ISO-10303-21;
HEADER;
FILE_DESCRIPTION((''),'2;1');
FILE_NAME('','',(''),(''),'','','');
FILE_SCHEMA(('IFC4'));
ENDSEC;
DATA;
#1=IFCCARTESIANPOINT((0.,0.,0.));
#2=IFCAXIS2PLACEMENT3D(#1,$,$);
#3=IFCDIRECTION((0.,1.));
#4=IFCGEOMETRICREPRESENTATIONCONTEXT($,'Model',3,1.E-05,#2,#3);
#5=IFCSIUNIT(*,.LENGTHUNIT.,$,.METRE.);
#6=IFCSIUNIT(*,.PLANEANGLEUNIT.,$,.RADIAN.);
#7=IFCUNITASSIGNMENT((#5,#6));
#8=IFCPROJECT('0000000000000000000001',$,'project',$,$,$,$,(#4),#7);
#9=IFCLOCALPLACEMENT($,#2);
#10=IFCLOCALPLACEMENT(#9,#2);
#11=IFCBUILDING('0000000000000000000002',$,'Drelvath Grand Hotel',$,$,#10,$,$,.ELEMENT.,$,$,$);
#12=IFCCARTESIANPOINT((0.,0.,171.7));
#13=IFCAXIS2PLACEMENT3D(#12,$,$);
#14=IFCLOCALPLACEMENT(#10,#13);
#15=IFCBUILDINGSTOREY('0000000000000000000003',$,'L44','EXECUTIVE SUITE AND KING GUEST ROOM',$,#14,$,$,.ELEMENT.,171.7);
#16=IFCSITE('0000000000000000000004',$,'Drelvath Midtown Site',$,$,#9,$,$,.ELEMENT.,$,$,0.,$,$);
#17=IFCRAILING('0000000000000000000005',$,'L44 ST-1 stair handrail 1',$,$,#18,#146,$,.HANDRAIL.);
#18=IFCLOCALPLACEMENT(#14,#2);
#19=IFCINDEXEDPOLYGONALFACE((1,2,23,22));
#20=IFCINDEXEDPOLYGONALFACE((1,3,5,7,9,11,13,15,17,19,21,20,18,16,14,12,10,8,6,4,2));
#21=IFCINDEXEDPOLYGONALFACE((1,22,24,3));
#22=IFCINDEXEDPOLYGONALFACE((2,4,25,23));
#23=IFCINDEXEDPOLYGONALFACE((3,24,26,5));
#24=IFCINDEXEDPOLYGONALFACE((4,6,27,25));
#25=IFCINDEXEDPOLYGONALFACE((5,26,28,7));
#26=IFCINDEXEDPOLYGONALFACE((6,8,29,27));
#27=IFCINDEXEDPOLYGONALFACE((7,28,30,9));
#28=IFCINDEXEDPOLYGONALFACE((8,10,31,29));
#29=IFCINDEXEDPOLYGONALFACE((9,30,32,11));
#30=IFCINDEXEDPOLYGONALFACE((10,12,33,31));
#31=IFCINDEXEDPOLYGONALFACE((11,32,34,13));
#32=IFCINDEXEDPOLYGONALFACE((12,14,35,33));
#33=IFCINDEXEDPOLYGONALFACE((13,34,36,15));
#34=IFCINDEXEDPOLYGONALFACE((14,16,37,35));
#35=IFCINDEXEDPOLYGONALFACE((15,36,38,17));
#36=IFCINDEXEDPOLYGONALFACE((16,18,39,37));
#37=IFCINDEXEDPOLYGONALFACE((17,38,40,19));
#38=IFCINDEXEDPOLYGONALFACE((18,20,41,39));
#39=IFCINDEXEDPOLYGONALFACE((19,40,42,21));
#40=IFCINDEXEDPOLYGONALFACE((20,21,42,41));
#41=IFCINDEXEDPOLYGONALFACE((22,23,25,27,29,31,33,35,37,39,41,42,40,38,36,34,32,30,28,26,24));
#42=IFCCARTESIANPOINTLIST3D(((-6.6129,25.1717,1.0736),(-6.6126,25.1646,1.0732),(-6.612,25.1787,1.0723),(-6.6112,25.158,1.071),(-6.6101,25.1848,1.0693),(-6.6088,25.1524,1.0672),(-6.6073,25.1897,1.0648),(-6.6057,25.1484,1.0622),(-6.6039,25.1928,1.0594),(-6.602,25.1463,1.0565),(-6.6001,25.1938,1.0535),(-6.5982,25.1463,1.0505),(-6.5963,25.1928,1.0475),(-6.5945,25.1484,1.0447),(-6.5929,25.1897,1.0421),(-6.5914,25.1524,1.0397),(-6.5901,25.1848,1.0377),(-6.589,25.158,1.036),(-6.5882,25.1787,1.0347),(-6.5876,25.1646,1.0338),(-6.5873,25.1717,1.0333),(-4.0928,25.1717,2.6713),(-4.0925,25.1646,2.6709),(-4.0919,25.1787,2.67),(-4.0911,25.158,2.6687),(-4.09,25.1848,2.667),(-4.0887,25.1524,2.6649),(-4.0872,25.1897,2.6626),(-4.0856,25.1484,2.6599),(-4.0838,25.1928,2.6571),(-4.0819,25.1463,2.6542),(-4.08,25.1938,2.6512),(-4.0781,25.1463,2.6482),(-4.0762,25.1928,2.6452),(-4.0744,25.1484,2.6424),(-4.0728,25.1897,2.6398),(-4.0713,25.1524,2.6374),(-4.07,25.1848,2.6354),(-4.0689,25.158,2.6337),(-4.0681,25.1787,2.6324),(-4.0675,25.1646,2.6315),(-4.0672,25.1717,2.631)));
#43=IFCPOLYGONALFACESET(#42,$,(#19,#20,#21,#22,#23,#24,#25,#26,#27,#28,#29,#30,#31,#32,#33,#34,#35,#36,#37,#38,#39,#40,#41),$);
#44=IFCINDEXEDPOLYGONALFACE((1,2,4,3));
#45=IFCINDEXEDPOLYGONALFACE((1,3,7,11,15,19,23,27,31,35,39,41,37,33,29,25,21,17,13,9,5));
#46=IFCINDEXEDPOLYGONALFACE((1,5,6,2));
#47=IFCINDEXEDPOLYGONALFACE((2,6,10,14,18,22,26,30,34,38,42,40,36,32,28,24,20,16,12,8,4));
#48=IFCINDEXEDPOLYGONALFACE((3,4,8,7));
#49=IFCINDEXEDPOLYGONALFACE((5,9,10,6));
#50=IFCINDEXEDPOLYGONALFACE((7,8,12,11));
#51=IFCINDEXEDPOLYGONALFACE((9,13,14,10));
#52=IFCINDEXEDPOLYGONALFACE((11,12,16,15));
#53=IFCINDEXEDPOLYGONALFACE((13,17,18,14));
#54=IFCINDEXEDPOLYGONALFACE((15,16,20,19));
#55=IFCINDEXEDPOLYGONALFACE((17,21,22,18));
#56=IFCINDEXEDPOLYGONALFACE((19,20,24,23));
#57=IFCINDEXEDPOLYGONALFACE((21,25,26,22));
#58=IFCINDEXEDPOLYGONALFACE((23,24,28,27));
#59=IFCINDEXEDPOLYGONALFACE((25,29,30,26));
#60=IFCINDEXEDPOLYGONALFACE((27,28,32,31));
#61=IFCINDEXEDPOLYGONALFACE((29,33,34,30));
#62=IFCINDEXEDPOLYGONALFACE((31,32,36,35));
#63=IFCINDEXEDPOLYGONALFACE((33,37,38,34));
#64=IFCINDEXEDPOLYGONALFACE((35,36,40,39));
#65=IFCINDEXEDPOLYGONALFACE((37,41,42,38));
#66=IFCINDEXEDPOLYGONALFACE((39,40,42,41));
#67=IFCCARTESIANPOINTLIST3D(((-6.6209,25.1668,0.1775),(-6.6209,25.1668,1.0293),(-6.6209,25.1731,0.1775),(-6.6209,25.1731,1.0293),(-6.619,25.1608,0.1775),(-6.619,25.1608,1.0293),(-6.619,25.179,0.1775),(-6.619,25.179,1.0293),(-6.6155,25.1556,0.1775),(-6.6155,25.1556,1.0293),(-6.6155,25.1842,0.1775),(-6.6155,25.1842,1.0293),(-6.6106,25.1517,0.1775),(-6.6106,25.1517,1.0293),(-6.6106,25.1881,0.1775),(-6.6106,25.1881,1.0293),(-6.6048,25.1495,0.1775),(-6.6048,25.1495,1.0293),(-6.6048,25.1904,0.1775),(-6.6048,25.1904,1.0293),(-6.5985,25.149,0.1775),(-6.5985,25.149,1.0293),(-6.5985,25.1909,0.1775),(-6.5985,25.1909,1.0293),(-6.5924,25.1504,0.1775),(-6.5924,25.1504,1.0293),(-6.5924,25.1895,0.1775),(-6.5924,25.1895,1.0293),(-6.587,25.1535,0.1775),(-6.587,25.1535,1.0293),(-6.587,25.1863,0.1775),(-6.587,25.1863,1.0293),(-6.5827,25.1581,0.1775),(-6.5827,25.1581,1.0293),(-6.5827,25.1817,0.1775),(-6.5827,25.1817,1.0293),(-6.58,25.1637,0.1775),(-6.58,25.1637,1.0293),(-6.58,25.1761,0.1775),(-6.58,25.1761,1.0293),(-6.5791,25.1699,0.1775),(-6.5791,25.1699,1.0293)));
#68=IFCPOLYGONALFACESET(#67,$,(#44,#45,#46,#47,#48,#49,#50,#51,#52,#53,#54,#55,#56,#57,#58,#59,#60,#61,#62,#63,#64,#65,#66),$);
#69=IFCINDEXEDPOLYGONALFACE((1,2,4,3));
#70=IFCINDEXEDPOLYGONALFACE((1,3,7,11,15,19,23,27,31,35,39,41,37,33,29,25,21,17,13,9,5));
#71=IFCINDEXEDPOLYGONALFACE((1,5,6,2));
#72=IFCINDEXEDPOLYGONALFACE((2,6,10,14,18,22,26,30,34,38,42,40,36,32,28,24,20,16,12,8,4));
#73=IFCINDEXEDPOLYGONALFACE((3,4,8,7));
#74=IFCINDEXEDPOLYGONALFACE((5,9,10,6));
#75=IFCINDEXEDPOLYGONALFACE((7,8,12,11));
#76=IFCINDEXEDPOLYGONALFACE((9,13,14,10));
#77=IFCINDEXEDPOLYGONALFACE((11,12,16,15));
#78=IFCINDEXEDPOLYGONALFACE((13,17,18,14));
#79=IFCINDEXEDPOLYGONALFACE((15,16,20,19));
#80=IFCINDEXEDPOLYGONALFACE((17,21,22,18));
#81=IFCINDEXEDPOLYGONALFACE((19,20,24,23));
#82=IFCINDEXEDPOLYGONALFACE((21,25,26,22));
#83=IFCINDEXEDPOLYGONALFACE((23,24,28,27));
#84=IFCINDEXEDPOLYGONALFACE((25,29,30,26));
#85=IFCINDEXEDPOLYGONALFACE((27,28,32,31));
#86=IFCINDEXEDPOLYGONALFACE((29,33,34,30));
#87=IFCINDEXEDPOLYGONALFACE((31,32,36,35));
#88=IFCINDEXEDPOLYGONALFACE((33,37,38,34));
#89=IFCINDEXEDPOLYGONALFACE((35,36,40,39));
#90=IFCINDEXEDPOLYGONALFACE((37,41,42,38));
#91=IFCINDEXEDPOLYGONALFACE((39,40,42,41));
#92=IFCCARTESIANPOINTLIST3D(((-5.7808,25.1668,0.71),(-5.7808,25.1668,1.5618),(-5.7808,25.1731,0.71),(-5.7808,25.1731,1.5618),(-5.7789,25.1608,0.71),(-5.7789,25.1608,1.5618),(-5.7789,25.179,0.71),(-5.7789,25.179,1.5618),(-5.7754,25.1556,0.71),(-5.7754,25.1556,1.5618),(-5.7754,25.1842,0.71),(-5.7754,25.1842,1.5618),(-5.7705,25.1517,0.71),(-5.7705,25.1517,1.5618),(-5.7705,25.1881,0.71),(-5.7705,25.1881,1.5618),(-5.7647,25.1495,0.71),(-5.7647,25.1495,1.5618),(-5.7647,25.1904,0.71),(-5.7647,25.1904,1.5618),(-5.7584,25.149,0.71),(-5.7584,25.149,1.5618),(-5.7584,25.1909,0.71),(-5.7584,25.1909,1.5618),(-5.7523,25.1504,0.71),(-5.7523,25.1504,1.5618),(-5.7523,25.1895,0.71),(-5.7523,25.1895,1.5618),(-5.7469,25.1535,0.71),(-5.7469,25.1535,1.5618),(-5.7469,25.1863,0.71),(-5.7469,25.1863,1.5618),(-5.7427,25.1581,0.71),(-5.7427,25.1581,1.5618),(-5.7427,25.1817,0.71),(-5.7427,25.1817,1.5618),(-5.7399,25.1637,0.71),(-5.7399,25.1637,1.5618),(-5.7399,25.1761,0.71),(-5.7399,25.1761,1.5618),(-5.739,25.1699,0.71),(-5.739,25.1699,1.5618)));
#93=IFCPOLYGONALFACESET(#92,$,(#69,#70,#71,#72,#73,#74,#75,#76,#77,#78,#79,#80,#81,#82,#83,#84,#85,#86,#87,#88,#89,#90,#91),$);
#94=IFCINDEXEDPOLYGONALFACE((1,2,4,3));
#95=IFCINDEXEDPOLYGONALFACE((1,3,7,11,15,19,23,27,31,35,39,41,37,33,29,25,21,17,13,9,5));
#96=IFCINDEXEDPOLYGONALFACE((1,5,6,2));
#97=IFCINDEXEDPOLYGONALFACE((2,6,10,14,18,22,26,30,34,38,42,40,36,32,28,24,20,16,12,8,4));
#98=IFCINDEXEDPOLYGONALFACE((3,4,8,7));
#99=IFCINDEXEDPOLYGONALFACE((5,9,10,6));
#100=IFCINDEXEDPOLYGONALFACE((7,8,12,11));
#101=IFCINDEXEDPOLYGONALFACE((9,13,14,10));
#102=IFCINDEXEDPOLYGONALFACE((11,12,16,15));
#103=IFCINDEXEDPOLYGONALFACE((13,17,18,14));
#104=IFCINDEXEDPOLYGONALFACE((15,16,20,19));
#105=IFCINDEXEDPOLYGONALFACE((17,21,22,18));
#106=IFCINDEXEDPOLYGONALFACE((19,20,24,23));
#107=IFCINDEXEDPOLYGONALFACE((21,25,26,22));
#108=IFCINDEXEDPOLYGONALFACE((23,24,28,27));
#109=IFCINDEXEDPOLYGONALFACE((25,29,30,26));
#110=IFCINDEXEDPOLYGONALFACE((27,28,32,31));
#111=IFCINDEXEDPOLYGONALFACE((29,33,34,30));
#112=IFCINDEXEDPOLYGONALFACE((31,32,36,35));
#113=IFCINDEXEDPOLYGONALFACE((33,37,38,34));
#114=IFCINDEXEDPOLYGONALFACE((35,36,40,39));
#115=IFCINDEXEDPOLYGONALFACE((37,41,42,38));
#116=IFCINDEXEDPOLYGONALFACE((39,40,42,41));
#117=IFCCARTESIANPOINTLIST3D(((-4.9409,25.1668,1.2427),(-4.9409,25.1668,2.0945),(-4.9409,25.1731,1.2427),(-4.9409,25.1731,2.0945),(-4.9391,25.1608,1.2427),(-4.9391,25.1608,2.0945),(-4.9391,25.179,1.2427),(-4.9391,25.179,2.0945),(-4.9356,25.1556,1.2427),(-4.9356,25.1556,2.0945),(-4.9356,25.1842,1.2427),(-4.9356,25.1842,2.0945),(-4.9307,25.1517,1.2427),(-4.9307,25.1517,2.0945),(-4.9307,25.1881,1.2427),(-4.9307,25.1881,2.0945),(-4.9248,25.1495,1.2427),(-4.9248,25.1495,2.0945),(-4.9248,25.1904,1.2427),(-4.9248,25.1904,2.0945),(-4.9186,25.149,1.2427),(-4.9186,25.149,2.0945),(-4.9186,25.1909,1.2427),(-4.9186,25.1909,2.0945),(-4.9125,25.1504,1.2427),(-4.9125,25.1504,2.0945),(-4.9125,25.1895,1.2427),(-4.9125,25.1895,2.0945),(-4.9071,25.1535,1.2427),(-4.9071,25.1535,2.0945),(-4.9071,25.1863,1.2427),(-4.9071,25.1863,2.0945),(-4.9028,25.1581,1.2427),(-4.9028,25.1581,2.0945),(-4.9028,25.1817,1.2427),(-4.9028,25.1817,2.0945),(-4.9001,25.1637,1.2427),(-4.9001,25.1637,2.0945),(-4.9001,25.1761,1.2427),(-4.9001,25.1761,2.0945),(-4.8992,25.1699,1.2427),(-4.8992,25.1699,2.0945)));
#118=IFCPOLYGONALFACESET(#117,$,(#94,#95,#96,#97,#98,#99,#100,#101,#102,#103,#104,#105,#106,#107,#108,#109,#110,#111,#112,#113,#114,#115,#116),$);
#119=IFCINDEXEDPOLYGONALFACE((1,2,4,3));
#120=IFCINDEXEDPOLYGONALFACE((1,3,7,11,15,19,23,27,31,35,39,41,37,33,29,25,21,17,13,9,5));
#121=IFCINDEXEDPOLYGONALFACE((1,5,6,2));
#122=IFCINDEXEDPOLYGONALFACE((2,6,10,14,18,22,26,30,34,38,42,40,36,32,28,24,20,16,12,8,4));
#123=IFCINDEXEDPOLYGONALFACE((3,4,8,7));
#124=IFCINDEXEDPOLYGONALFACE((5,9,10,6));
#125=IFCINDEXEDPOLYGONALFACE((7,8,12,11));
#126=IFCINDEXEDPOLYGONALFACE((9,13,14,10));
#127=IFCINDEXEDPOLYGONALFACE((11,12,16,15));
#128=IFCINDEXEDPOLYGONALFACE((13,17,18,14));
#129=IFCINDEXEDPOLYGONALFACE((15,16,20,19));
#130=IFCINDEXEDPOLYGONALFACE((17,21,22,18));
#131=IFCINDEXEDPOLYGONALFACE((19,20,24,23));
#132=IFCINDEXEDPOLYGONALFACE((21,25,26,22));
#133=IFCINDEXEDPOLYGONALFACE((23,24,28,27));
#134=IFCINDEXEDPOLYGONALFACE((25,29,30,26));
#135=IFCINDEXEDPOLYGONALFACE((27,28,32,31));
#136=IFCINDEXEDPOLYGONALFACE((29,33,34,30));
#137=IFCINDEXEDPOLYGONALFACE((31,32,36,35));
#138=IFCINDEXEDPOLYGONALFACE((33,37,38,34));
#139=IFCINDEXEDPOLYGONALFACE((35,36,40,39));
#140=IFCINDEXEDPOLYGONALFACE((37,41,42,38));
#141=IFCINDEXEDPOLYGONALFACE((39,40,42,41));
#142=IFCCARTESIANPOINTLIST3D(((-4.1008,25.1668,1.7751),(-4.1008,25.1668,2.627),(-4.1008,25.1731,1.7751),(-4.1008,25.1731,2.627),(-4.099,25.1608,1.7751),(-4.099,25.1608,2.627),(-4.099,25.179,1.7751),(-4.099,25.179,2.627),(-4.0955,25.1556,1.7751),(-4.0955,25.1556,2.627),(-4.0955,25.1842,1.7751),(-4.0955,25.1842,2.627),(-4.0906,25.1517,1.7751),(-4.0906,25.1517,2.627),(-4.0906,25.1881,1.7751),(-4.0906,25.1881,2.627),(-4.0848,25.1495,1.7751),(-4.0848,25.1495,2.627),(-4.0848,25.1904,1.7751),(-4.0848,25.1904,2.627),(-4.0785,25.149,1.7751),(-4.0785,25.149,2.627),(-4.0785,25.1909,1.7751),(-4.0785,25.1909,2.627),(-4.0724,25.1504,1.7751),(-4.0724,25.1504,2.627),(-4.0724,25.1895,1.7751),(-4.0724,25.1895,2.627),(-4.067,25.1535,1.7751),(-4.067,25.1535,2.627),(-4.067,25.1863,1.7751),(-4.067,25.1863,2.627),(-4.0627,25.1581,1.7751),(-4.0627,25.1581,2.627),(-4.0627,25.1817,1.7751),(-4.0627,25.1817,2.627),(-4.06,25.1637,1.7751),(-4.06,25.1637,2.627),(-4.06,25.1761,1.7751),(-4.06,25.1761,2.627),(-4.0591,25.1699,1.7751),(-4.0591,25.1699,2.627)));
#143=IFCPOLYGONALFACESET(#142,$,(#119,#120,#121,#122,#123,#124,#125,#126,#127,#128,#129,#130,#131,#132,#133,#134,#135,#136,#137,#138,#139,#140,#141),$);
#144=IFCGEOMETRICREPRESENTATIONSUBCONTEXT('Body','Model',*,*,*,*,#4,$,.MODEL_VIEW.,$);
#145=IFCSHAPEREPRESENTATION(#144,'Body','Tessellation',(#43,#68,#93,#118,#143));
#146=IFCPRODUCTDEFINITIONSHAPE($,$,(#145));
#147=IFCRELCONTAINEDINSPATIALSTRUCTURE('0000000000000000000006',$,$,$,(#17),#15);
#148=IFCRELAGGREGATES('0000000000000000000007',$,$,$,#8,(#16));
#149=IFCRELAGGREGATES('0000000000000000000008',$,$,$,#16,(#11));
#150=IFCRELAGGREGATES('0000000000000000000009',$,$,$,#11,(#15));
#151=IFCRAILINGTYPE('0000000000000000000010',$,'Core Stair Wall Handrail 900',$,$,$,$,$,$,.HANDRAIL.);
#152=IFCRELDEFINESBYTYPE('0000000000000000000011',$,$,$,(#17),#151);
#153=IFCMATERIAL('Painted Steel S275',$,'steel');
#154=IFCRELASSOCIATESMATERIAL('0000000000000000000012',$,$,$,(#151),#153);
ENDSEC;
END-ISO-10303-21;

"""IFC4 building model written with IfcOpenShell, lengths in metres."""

from ifc_helpers import new_model, si_unit, direction, frame, origin, origin_2d, place, context, subcontext, project, spatial, circle, extrude, material, type_object, element, save


model = new_model("IFC4")

# Units and contexts
model_context = context("Model", 3, precision=1e-05, world=origin(), true_north=direction((0.0, 1.0)))
body_context = subcontext(model_context, "Body", "Model", "MODEL_VIEW")
ifc_project = project(units=[si_unit("LENGTHUNIT", "METRE"), si_unit("PLANEANGLEUNIT", "RADIAN")], contexts=[model_context])

# Site, building, storey
site_placement = place(None, origin())
site = spatial("IfcSite", under=ifc_project, at=site_placement, Name="Drelvath Midtown Site", CompositionType="ELEMENT", RefElevation=0.0)
building_placement = place(site_placement, origin())
building = spatial("IfcBuilding", under=site, at=building_placement, Name="Drelvath Grand Hotel", CompositionType="ELEMENT")
storey_placement = place(building_placement, frame((0.0, 0.0, 171.7)))
storey = spatial("IfcBuildingStorey", under=building, at=storey_placement, Name="L44", Description="EXECUTIVE SUITE AND KING GUEST ROOM", CompositionType="ELEMENT", Elevation=171.7)

# Shared definitions
ifc_material_1 = material(Name="Painted Steel S275", Category="steel")

# Railing
railing_type_1 = type_object("IfcRailingType", Name="Core Stair Wall Handrail 900", PredefinedType="HANDRAIL", material=ifc_material_1)
railing_1_placement = place(storey_placement, frame((-6.6001, 25.1699, 0.1775)))
element("IfcRailing", 1, at=railing_1_placement, inside=storey, type_object=railing_type_1, Name="L44 ST-1 stair handrail 1", PredefinedType="HANDRAIL", context=body_context, shape_type="SweptSolid", body=[
    extrude(circle(Radius=0.0239, at=origin_2d()), frame((0.0, 0.0, 0.876), z_axis=(0.84457, 0.0, 0.535445), x_axis=(0.0, 1.0, 0.0)), (0.0, 0.0, 1.0), 2.9839),
    extrude(circle(Radius=0.021, at=origin_2d()), origin(), (0.0, 0.0, 1.0), 0.8518),
    extrude(circle(Radius=0.021, at=origin_2d()), frame((0.8401, 0.0, 0.5325)), (0.0, 0.0, 1.0), 0.8518),
    extrude(circle(Radius=0.021, at=origin_2d()), frame((1.6799, 0.0, 1.0652)), (0.0, 0.0, 1.0), 0.8518),
    extrude(circle(Radius=0.021, at=origin_2d()), frame((2.52, 0.0, 1.5977)), (0.0, 0.0, 1.0), 0.8518),
])

save(model, "model.ifc")
